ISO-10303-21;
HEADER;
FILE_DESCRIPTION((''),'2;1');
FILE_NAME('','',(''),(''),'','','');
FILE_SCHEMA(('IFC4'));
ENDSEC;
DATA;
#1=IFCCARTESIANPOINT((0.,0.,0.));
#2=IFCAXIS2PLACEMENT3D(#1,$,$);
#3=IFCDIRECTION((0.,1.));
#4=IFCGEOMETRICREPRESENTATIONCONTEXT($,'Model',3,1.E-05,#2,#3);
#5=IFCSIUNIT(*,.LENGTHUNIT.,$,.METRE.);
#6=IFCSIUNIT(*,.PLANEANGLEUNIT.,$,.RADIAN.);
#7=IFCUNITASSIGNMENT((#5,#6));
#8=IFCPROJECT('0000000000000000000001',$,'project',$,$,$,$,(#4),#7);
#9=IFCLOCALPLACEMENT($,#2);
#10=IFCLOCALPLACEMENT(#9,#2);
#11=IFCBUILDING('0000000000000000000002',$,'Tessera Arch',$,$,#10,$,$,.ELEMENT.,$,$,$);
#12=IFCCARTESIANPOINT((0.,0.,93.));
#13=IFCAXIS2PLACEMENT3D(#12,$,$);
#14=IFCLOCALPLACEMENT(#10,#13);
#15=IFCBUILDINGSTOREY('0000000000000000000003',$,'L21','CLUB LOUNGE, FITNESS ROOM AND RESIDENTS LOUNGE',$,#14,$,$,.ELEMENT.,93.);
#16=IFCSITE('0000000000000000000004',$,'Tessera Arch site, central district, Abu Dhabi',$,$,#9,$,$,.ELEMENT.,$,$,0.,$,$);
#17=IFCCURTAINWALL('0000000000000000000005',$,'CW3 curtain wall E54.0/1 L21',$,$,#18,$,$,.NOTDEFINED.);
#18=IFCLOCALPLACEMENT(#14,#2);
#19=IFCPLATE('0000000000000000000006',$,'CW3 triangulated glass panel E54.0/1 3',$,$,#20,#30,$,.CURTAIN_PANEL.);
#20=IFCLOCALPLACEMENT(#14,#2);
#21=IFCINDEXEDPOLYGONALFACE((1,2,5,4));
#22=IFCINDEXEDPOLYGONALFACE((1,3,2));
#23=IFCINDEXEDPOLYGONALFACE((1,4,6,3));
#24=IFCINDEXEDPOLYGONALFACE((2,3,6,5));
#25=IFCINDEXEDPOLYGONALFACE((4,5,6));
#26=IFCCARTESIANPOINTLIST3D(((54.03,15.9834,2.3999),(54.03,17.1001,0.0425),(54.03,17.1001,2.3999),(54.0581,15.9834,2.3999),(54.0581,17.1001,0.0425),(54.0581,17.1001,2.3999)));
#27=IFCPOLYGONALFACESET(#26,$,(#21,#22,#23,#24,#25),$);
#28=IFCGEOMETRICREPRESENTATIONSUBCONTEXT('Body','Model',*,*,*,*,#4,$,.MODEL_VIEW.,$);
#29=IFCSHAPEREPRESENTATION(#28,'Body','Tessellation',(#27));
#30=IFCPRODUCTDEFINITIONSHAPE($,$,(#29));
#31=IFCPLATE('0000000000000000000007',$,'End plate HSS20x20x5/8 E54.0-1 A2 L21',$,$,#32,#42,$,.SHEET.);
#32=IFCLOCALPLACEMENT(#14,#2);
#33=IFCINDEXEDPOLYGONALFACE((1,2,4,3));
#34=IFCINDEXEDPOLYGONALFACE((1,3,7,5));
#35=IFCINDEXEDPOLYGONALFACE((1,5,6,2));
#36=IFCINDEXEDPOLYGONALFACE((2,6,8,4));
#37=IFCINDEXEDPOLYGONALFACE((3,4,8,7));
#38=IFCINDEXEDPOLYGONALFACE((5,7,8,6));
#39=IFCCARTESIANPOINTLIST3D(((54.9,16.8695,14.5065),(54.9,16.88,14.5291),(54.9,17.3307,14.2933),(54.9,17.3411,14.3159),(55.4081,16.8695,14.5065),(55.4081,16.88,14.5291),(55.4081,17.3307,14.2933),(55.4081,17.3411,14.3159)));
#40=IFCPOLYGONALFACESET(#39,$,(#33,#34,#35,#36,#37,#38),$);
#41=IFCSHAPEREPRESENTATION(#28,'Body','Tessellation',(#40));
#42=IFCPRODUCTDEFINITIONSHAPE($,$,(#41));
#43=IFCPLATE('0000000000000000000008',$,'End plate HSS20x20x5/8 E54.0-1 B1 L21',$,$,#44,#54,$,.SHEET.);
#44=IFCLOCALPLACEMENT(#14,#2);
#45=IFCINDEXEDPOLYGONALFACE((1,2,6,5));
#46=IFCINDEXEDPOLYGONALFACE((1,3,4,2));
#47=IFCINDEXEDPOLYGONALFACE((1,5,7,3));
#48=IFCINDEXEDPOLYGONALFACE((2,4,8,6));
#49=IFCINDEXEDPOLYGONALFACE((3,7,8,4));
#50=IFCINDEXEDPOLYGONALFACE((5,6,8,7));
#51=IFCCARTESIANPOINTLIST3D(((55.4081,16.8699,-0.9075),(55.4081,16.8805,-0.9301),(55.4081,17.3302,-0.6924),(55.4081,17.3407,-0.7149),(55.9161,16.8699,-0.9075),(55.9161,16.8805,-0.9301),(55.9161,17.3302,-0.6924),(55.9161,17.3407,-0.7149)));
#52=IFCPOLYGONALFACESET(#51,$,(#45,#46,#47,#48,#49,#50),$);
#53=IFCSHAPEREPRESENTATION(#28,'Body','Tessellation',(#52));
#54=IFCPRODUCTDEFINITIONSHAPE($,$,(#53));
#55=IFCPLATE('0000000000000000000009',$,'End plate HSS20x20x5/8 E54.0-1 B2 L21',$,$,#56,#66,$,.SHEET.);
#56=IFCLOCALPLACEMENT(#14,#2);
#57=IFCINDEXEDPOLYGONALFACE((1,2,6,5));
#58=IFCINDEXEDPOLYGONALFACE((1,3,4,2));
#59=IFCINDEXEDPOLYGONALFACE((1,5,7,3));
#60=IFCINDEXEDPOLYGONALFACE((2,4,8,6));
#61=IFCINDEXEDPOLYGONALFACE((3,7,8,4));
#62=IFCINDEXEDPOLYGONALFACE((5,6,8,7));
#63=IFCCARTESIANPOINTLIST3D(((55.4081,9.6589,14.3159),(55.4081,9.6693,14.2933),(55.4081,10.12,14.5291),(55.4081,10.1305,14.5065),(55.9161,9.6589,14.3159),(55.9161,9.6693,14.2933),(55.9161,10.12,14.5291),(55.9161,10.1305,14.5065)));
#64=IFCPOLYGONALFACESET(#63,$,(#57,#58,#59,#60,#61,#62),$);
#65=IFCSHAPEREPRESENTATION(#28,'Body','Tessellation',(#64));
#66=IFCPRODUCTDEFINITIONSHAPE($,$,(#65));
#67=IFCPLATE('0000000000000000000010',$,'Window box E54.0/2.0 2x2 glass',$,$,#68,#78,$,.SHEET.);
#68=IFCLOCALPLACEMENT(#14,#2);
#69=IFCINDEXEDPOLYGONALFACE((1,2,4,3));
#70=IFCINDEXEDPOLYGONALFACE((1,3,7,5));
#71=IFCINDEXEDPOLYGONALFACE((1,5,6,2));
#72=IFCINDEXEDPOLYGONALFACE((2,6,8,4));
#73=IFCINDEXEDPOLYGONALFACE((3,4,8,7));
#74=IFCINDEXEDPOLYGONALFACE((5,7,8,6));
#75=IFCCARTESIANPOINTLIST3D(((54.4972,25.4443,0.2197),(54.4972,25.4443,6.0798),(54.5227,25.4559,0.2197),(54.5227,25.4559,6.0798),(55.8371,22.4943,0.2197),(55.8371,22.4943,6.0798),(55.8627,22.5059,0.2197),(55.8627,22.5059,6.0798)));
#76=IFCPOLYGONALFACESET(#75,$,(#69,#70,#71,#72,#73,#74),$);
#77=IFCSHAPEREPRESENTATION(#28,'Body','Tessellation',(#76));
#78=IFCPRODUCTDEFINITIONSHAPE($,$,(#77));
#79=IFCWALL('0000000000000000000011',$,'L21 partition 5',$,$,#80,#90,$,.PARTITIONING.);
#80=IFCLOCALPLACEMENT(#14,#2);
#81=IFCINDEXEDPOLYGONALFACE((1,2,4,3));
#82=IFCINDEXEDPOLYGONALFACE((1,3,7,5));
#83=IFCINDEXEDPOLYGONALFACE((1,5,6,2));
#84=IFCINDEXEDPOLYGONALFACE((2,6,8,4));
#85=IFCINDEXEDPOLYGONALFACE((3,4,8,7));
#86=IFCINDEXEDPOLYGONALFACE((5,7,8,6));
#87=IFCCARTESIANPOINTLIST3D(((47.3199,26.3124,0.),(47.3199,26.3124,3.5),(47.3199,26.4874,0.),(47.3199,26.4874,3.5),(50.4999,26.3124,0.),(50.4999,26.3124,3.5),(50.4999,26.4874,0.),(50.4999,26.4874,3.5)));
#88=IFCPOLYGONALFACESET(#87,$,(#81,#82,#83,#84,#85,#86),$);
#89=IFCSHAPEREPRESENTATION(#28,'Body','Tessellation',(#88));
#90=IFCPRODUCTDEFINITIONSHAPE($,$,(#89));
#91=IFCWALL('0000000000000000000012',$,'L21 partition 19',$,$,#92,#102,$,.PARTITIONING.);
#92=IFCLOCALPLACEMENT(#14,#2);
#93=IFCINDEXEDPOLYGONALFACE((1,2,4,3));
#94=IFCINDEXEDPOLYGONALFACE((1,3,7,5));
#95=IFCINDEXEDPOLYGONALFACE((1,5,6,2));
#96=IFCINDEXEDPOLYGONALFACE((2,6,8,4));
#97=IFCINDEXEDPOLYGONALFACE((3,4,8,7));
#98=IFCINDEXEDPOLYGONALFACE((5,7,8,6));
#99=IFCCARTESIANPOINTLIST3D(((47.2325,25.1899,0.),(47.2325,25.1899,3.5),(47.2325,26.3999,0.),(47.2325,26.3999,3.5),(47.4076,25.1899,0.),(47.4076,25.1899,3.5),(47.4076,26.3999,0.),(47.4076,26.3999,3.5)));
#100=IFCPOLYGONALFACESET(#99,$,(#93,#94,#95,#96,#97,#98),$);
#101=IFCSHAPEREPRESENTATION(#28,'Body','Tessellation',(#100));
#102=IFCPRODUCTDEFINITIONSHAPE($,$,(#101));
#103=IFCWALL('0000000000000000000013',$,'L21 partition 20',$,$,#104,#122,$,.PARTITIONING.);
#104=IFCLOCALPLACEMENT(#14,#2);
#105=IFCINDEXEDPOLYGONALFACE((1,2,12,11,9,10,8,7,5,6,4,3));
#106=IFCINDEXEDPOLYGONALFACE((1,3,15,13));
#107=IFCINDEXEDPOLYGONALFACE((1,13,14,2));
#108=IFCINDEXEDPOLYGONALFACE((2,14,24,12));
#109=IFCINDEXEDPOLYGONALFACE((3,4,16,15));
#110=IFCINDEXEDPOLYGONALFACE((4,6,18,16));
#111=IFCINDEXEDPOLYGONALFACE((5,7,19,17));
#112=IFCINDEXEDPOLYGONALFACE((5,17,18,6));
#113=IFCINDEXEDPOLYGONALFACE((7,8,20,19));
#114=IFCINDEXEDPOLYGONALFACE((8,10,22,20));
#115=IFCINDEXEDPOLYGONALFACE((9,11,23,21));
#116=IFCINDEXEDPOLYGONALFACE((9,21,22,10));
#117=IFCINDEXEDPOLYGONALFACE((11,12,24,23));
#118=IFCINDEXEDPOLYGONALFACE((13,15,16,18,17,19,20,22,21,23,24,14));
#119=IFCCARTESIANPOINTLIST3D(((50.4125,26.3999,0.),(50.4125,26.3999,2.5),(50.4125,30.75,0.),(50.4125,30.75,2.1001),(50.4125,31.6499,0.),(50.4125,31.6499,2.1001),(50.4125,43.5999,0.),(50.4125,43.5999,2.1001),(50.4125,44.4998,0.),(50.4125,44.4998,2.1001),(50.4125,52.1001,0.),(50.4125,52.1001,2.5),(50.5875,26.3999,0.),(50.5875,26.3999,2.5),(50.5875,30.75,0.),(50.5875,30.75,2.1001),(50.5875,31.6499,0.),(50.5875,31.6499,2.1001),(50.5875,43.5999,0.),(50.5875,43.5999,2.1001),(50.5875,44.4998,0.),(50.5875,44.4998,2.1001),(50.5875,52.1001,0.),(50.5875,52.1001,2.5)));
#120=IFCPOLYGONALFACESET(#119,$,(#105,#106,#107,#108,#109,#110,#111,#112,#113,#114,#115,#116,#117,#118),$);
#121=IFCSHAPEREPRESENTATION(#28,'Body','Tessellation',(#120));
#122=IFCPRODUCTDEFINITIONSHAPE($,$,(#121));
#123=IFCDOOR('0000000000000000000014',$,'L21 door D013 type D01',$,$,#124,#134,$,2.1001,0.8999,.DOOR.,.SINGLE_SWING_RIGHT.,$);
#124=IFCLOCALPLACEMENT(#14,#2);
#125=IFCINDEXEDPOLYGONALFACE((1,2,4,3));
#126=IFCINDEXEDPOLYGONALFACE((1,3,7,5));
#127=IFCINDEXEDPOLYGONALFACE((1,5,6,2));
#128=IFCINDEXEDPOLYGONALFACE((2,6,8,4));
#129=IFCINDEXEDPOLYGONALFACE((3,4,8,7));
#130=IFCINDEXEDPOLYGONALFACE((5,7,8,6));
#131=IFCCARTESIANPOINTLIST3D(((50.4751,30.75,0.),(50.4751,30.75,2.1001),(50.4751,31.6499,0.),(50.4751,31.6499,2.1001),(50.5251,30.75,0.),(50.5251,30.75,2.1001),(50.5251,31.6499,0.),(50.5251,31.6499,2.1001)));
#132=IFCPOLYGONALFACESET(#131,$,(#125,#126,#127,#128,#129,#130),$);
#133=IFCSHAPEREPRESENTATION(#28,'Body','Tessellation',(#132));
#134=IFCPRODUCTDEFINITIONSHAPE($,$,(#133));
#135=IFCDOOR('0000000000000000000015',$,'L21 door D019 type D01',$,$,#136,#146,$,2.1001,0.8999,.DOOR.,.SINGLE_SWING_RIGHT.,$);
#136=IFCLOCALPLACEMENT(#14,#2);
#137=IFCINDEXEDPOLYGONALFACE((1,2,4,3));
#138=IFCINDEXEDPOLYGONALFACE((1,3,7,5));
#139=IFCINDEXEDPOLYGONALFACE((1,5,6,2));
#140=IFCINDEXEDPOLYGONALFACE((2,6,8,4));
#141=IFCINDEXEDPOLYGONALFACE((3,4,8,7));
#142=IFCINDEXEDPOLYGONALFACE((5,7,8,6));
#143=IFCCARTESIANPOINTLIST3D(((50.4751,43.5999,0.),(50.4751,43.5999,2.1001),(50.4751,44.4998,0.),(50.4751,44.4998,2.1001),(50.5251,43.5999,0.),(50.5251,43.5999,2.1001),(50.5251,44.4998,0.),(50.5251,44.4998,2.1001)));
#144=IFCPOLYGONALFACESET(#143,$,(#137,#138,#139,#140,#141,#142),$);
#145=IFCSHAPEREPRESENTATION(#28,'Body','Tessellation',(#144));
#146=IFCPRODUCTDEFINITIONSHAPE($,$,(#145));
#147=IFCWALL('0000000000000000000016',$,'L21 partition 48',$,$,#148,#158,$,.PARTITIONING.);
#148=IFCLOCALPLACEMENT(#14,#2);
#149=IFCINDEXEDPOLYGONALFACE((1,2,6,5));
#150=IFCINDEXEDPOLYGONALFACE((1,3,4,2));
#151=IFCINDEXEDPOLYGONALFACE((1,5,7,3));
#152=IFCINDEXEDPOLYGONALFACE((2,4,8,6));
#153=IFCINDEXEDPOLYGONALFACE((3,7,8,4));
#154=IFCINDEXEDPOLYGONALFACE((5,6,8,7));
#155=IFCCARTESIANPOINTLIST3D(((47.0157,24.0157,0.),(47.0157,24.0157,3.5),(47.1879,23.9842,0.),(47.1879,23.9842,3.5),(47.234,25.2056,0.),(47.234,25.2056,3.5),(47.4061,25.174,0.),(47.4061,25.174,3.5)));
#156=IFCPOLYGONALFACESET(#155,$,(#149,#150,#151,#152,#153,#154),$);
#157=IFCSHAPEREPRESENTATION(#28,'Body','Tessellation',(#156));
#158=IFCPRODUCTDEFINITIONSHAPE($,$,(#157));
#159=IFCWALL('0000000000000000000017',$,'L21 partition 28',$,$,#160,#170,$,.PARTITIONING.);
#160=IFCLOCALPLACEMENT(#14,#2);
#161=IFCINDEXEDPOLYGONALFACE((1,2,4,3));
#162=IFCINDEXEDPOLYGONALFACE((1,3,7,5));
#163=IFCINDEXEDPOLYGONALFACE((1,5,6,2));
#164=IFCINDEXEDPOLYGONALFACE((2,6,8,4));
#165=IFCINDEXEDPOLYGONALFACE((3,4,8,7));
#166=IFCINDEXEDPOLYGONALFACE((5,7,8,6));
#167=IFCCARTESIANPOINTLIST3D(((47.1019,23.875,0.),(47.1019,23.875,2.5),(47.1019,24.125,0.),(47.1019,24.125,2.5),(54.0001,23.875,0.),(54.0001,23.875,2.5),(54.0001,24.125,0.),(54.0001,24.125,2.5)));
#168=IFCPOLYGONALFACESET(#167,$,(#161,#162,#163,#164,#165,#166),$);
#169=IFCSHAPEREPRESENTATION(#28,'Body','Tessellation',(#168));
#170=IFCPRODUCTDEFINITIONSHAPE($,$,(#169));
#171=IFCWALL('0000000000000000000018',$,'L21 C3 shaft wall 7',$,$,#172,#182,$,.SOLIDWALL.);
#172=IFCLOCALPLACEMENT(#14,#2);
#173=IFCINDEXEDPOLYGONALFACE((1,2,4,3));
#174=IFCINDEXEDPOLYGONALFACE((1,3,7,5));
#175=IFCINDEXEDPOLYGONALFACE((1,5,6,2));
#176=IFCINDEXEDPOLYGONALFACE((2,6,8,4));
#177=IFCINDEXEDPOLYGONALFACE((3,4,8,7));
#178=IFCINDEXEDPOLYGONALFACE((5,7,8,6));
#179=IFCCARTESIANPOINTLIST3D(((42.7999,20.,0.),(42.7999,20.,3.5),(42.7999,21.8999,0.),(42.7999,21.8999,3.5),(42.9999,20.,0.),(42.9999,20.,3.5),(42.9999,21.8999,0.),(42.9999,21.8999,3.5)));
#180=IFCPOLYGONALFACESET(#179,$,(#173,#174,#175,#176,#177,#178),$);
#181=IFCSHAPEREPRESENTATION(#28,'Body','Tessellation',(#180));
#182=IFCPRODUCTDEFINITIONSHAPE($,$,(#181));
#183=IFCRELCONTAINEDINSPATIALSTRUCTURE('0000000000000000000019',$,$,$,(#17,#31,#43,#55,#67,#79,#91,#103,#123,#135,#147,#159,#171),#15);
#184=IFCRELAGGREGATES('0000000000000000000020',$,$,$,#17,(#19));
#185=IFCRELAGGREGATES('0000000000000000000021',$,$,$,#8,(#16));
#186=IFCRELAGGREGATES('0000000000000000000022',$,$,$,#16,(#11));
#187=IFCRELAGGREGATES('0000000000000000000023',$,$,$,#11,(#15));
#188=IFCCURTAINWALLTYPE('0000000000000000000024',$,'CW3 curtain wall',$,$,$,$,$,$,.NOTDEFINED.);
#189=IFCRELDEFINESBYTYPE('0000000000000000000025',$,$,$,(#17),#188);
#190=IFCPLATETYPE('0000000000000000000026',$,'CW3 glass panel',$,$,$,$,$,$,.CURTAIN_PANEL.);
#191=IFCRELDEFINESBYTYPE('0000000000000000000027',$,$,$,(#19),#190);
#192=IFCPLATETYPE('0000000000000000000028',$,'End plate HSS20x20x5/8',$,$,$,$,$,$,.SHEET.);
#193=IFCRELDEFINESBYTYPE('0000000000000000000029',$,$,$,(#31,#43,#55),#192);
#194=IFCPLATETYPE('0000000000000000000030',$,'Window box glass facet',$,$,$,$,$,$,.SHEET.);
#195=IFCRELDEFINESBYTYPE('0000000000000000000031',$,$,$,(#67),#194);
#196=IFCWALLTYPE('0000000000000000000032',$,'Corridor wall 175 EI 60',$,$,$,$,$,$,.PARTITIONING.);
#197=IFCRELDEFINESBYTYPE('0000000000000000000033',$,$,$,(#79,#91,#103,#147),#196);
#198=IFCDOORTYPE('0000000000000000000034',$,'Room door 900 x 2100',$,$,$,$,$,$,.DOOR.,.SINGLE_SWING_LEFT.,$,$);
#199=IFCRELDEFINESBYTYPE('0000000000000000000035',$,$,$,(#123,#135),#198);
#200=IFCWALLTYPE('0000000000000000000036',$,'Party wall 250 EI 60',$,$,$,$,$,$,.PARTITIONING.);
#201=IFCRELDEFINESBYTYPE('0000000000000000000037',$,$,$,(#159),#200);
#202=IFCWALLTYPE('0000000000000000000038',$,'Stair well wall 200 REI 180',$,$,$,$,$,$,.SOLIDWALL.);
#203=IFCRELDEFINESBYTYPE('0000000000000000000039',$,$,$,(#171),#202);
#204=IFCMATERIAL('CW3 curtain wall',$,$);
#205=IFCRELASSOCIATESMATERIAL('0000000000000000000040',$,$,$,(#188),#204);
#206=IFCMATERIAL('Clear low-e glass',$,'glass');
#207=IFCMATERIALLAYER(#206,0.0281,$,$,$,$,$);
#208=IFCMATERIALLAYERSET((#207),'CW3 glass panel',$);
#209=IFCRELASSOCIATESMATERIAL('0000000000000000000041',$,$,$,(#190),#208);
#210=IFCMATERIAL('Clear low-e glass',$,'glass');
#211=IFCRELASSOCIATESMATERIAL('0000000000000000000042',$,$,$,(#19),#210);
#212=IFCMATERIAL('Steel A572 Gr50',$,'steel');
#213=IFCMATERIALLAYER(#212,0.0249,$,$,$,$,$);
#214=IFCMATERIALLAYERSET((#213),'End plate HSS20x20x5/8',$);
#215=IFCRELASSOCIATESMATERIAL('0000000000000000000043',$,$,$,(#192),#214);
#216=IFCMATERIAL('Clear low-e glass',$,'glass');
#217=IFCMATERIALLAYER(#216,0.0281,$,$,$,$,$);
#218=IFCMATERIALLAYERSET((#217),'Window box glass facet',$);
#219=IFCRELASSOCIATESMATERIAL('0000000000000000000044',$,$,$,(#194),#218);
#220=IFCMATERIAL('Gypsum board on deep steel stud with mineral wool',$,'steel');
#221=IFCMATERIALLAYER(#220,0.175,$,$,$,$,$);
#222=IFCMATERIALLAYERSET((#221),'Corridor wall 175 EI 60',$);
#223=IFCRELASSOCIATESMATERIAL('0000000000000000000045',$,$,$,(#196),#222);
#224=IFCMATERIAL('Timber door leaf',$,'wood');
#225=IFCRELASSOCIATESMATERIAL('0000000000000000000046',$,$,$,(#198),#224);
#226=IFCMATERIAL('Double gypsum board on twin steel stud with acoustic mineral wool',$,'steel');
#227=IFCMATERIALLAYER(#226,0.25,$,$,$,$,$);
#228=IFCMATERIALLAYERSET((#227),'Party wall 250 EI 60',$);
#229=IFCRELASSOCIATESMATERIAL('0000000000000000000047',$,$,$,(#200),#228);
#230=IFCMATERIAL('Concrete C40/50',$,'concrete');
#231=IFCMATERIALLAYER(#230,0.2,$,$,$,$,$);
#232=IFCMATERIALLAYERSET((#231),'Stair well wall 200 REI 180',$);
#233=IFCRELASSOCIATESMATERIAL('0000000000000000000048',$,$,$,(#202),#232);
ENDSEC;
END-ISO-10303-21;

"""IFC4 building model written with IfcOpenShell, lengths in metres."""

from ifc_helpers import new_model, si_unit, direction, frame, frame_2d, origin, origin_2d, place, context, subcontext, project, spatial, polyline, rectangle, outline, extrude, material, layer, layer_set, type_object, element, fill, aggregate, save


model = new_model("IFC4")

# Units and contexts
model_context = context("Model", 3, precision=1e-05, world=origin(), true_north=direction((0.0, 1.0)))
body_context = subcontext(model_context, "Body", "Model", "MODEL_VIEW")
ifc_project = project(units=[si_unit("LENGTHUNIT", "METRE"), si_unit("PLANEANGLEUNIT", "RADIAN")], contexts=[model_context])

# Site, building, storey
site_placement = place(None, origin())
site = spatial("IfcSite", under=ifc_project, at=site_placement, Name="Tessera Arch site, central district, Abu Dhabi", CompositionType="ELEMENT", RefElevation=0.0)
building_placement = place(site_placement, origin())
building = spatial("IfcBuilding", under=site, at=building_placement, Name="Tessera Arch", CompositionType="ELEMENT")
storey_placement = place(building_placement, frame((0.0, 0.0, 93.0)))
storey = spatial("IfcBuildingStorey", under=building, at=storey_placement, Name="L21", Description="CLUB LOUNGE, FITNESS ROOM AND RESIDENTS LOUNGE", CompositionType="ELEMENT", Elevation=93.0)

# Shared definitions
ifc_material_1 = material(Name="Clear low-e glass", Category="glass")

# Curtain wall, plate
ifc_material_2 = material(Name="CW3 curtain wall")
curtain_wall_type_1 = type_object("IfcCurtainWallType", Name="CW3 curtain wall", PredefinedType="NOTDEFINED", material=ifc_material_2)
curtain_wall_1_placement = place(storey_placement, origin())
curtain_wall_1 = element("IfcCurtainWall", 1, at=curtain_wall_1_placement, inside=storey, type_object=curtain_wall_type_1, Name="CW3 curtain wall E54.0/1 L21", PredefinedType="NOTDEFINED")
ifc_material_3 = material(Name="Clear low-e glass", Category="glass")
ifc_layer_1 = layer(ifc_material_3, 0.0281)
ifc_layer_set_1 = layer_set([ifc_layer_1], Name="CW3 glass panel")
plate_type_1 = type_object("IfcPlateType", Name="CW3 glass panel", PredefinedType="CURTAIN_PANEL", material=ifc_layer_set_1)
plate_1_placement = place(storey_placement, frame((54.0581, 17.1001, 2.3999), z_axis=(1.0, 0.0, 0.0), x_axis=(0.0, -1.0, 0.0)))
plate_1 = element("IfcPlate", 2, at=plate_1_placement, type_object=plate_type_1, material=ifc_material_1, Name="CW3 triangulated glass panel E54.0/1 3", PredefinedType="CURTAIN_PANEL", context=body_context, shape_type="SweptSolid", body=[
    extrude(outline(polyline([(0.0, 0.0), (1.1167, 0.0), (0.0, 2.3574), (0.0, 0.0)])), origin(), (0.0, 0.0, -1.0), 0.0281),
])
aggregate(curtain_wall_1, [plate_1])

# Plates
ifc_material_4 = material(Name="Steel A572 Gr50", Category="steel")
ifc_layer_2 = layer(ifc_material_4, 0.0249)
ifc_layer_set_2 = layer_set([ifc_layer_2], Name="End plate HSS20x20x5/8")
plate_type_2 = type_object("IfcPlateType", Name="End plate HSS20x20x5/8", PredefinedType="SHEET", material=ifc_layer_set_2)
for number, where, z_axis, x_axis, name in (
    (3, (55.1541, 17.1001, 14.3999), (0.0, 0.419677, 0.907674), (-1.0, 0.0, 0.0), "End plate HSS20x20x5/8 E54.0-1 A2 L21"),
    (4, (55.6621, 17.1106, -0.8225), (0.0, -0.423424, 0.905931), (1.0, 0.0, 0.0), "End plate HSS20x20x5/8 E54.0-1 B1 L21"),
    (5, (55.6621, 9.8999, 14.3999), (0.0, -0.419677, 0.907674), (1.0, 0.0, 0.0), "End plate HSS20x20x5/8 E54.0-1 B2 L21"),
):
    element("IfcPlate", number, at=place(storey_placement, frame(where, z_axis=z_axis, x_axis=x_axis)), inside=storey, type_object=plate_type_2, Name=name, PredefinedType="SHEET", context=body_context, shape_type="SweptSolid", body=[
        extrude(rectangle(XDim=0.5081, YDim=0.5081, at=origin_2d()), origin(), (0.0, 0.0, 1.0), 0.0249),
    ])
ifc_material_5 = material(Name="Clear low-e glass", Category="glass")
ifc_layer_3 = layer(ifc_material_5, 0.0281)
ifc_layer_set_3 = layer_set([ifc_layer_3], Name="Window box glass facet")
plate_type_3 = type_object("IfcPlateType", Name="Window box glass facet", PredefinedType="SHEET", material=ifc_layer_set_3)
plate_2_placement = place(storey_placement, frame((55.1799, 23.9751, 0.2197), z_axis=(0.0, 0.0, 1.0), x_axis=(0.41357, -0.910472, 0.0)))
element("IfcPlate", 6, at=plate_2_placement, inside=storey, type_object=plate_type_3, Name="Window box E54.0/2.0 2x2 glass", PredefinedType="SHEET", context=body_context, shape_type="SweptSolid", body=[
    extrude(rectangle(XDim=3.24, YDim=0.0281, at=origin_2d()), origin(), (0.0, 0.0, 1.0), 5.8601),
])

# Walls
ifc_material_6 = material(Name="Gypsum board on deep steel stud with mineral wool", Category="steel")
ifc_layer_4 = layer(ifc_material_6, 0.175)
ifc_layer_set_4 = layer_set([ifc_layer_4], Name="Corridor wall 175 EI 60")
wall_type_1 = type_object("IfcWallType", Name="Corridor wall 175 EI 60", PredefinedType="PARTITIONING", material=ifc_layer_set_4)
wall_1_placement = place(storey_placement, frame((47.3201, 26.3999, 0.0), z_axis=(0.0, 0.0, 1.0), x_axis=(1.0, 0.0, 0.0)))
element("IfcWall", 7, at=wall_1_placement, inside=storey, type_object=wall_type_1, Name="L21 partition 5", PredefinedType="PARTITIONING", context=body_context, shape_type="SweptSolid", body=[
    extrude(rectangle(XDim=3.1799, YDim=0.175, at=frame_2d((1.5898, 0.0))), origin(), (0.0, 0.0, 1.0), 3.5),
])
wall_2_placement = place(storey_placement, frame((47.3201, 25.1899, 0.0), z_axis=(0.0, 0.0, 1.0), x_axis=(0.0, 1.0, 0.0)))
element("IfcWall", 8, at=wall_2_placement, inside=storey, type_object=wall_type_1, Name="L21 partition 19", PredefinedType="PARTITIONING", context=body_context, shape_type="SweptSolid", body=[
    extrude(rectangle(XDim=1.21, YDim=0.175, at=frame_2d((0.605, 0.0))), origin(), (0.0, 0.0, 1.0), 3.5),
])

# Wall, openings, doors
wall_3_placement = place(storey_placement, frame((50.5, 26.3999, 0.0), z_axis=(0.0, 0.0, 1.0), x_axis=(0.0, 1.0, 0.0)))
wall_3 = element("IfcWall", 9, at=wall_3_placement, inside=storey, type_object=wall_type_1, Name="L21 partition 20", PredefinedType="PARTITIONING", context=body_context, shape_type="SweptSolid", body=[
    extrude(rectangle(XDim=25.7002, YDim=0.175, at=frame_2d((12.8501, 0.0))), origin(), (0.0, 0.0, 1.0), 2.5),
])
opening_1_placement = place(wall_3_placement, frame((4.3501, 0.0, 0.0)))
opening_1 = element("IfcOpeningElement", 10, at=opening_1_placement, cuts=wall_3, PredefinedType="OPENING", context=body_context, shape_type="SweptSolid", body=[
    extrude(rectangle(XDim=0.8999, YDim=2.1001, at=frame_2d((0.45, 1.05))), frame((0.0, 0.0974, 0.0), z_axis=(0.0, -1.0, 0.0), x_axis=(1.0, 0.0, 0.0)), (0.0, 0.0, 1.0), 0.1951),
])
opening_2_placement = place(wall_3_placement, frame((17.2, 0.0, 0.0)))
opening_2 = element("IfcOpeningElement", 11, at=opening_2_placement, cuts=wall_3, PredefinedType="OPENING", context=body_context, shape_type="SweptSolid", body=[
    extrude(rectangle(XDim=0.8999, YDim=2.1001, at=frame_2d((0.45, 1.05))), frame((0.0, 0.0974, 0.0), z_axis=(0.0, -1.0, 0.0), x_axis=(1.0, 0.0, 0.0)), (0.0, 0.0, 1.0), 0.1951),
])
ifc_material_7 = material(Name="Timber door leaf", Category="wood")
door_type_1 = type_object("IfcDoorType", Name="Room door 900 x 2100", OperationType="SINGLE_SWING_LEFT", PredefinedType="DOOR", material=ifc_material_7)
door_1_placement = place(opening_1_placement, origin())
door_1 = element("IfcDoor", 12, at=door_1_placement, inside=storey, type_object=door_type_1, Name="L21 door D013 type D01", OperationType="SINGLE_SWING_RIGHT", OverallHeight=2.1001, OverallWidth=0.8999, PredefinedType="DOOR", context=body_context, shape_type="SweptSolid", body=[
    extrude(rectangle(XDim=0.8999, YDim=2.1001, at=frame_2d((0.45, 1.05))), frame((0.0, 0.0249, 0.0), z_axis=(0.0, -1.0, 0.0), x_axis=(1.0, 0.0, 0.0)), (0.0, 0.0, 1.0), 0.05),
])
fill(opening_1, door_1)
door_2_placement = place(opening_2_placement, origin())
door_2 = element("IfcDoor", 13, at=door_2_placement, inside=storey, type_object=door_type_1, Name="L21 door D019 type D01", OperationType="SINGLE_SWING_RIGHT", OverallHeight=2.1001, OverallWidth=0.8999, PredefinedType="DOOR", context=body_context, shape_type="SweptSolid", body=[
    extrude(rectangle(XDim=0.8999, YDim=2.1001, at=frame_2d((0.45, 1.05))), frame((0.0, 0.0249, 0.0), z_axis=(0.0, -1.0, 0.0), x_axis=(1.0, 0.0, 0.0)), (0.0, 0.0, 1.0), 0.05),
])
fill(opening_2, door_2)

# Walls
wall_4_placement = place(storey_placement, frame((47.3201, 25.1899, 0.0), z_axis=(0.0, 0.0, 1.0), x_axis=(-0.180412, -0.983591, 0.0)))
element("IfcWall", 14, at=wall_4_placement, inside=storey, type_object=wall_type_1, Name="L21 partition 48", PredefinedType="PARTITIONING", context=body_context, shape_type="SweptSolid", body=[
    extrude(rectangle(XDim=1.2097, YDim=0.175, at=frame_2d((0.605, 0.0))), origin(), (0.0, 0.0, 1.0), 3.5),
])
ifc_material_8 = material(Name="Double gypsum board on twin steel stud with acoustic mineral wool", Category="steel")
ifc_layer_5 = layer(ifc_material_8, 0.25)
ifc_layer_set_5 = layer_set([ifc_layer_5], Name="Party wall 250 EI 60")
wall_type_2 = type_object("IfcWallType", Name="Party wall 250 EI 60", PredefinedType="PARTITIONING", material=ifc_layer_set_5)
wall_5_placement = place(storey_placement, frame((47.1018, 24.0, 0.0), z_axis=(0.0, 0.0, 1.0), x_axis=(1.0, 0.0, 0.0)))
element("IfcWall", 15, at=wall_5_placement, inside=storey, type_object=wall_type_2, Name="L21 partition 28", PredefinedType="PARTITIONING", context=body_context, shape_type="SweptSolid", body=[
    extrude(rectangle(XDim=6.8982, YDim=0.25, at=frame_2d((3.4492, 0.0))), origin(), (0.0, 0.0, 1.0), 2.5),
])
ifc_material_9 = material(Name="Concrete C40/50", Category="concrete")
ifc_layer_6 = layer(ifc_material_9, 0.2)
ifc_layer_set_6 = layer_set([ifc_layer_6], Name="Stair well wall 200 REI 180")
wall_type_3 = type_object("IfcWallType", Name="Stair well wall 200 REI 180", PredefinedType="SOLIDWALL", material=ifc_layer_set_6)
wall_6_placement = place(storey_placement, frame((42.8999, 20.0, 0.0), z_axis=(0.0, 0.0, 1.0), x_axis=(0.0, 1.0, 0.0)))
element("IfcWall", 16, at=wall_6_placement, inside=storey, type_object=wall_type_3, Name="L21 C3 shaft wall 7", PredefinedType="SOLIDWALL", context=body_context, shape_type="SweptSolid", body=[
    extrude(rectangle(XDim=1.8999, YDim=0.2, at=frame_2d((0.95, 0.0))), origin(), (0.0, 0.0, 1.0), 3.5),
])

save(model, "model.ifc")
